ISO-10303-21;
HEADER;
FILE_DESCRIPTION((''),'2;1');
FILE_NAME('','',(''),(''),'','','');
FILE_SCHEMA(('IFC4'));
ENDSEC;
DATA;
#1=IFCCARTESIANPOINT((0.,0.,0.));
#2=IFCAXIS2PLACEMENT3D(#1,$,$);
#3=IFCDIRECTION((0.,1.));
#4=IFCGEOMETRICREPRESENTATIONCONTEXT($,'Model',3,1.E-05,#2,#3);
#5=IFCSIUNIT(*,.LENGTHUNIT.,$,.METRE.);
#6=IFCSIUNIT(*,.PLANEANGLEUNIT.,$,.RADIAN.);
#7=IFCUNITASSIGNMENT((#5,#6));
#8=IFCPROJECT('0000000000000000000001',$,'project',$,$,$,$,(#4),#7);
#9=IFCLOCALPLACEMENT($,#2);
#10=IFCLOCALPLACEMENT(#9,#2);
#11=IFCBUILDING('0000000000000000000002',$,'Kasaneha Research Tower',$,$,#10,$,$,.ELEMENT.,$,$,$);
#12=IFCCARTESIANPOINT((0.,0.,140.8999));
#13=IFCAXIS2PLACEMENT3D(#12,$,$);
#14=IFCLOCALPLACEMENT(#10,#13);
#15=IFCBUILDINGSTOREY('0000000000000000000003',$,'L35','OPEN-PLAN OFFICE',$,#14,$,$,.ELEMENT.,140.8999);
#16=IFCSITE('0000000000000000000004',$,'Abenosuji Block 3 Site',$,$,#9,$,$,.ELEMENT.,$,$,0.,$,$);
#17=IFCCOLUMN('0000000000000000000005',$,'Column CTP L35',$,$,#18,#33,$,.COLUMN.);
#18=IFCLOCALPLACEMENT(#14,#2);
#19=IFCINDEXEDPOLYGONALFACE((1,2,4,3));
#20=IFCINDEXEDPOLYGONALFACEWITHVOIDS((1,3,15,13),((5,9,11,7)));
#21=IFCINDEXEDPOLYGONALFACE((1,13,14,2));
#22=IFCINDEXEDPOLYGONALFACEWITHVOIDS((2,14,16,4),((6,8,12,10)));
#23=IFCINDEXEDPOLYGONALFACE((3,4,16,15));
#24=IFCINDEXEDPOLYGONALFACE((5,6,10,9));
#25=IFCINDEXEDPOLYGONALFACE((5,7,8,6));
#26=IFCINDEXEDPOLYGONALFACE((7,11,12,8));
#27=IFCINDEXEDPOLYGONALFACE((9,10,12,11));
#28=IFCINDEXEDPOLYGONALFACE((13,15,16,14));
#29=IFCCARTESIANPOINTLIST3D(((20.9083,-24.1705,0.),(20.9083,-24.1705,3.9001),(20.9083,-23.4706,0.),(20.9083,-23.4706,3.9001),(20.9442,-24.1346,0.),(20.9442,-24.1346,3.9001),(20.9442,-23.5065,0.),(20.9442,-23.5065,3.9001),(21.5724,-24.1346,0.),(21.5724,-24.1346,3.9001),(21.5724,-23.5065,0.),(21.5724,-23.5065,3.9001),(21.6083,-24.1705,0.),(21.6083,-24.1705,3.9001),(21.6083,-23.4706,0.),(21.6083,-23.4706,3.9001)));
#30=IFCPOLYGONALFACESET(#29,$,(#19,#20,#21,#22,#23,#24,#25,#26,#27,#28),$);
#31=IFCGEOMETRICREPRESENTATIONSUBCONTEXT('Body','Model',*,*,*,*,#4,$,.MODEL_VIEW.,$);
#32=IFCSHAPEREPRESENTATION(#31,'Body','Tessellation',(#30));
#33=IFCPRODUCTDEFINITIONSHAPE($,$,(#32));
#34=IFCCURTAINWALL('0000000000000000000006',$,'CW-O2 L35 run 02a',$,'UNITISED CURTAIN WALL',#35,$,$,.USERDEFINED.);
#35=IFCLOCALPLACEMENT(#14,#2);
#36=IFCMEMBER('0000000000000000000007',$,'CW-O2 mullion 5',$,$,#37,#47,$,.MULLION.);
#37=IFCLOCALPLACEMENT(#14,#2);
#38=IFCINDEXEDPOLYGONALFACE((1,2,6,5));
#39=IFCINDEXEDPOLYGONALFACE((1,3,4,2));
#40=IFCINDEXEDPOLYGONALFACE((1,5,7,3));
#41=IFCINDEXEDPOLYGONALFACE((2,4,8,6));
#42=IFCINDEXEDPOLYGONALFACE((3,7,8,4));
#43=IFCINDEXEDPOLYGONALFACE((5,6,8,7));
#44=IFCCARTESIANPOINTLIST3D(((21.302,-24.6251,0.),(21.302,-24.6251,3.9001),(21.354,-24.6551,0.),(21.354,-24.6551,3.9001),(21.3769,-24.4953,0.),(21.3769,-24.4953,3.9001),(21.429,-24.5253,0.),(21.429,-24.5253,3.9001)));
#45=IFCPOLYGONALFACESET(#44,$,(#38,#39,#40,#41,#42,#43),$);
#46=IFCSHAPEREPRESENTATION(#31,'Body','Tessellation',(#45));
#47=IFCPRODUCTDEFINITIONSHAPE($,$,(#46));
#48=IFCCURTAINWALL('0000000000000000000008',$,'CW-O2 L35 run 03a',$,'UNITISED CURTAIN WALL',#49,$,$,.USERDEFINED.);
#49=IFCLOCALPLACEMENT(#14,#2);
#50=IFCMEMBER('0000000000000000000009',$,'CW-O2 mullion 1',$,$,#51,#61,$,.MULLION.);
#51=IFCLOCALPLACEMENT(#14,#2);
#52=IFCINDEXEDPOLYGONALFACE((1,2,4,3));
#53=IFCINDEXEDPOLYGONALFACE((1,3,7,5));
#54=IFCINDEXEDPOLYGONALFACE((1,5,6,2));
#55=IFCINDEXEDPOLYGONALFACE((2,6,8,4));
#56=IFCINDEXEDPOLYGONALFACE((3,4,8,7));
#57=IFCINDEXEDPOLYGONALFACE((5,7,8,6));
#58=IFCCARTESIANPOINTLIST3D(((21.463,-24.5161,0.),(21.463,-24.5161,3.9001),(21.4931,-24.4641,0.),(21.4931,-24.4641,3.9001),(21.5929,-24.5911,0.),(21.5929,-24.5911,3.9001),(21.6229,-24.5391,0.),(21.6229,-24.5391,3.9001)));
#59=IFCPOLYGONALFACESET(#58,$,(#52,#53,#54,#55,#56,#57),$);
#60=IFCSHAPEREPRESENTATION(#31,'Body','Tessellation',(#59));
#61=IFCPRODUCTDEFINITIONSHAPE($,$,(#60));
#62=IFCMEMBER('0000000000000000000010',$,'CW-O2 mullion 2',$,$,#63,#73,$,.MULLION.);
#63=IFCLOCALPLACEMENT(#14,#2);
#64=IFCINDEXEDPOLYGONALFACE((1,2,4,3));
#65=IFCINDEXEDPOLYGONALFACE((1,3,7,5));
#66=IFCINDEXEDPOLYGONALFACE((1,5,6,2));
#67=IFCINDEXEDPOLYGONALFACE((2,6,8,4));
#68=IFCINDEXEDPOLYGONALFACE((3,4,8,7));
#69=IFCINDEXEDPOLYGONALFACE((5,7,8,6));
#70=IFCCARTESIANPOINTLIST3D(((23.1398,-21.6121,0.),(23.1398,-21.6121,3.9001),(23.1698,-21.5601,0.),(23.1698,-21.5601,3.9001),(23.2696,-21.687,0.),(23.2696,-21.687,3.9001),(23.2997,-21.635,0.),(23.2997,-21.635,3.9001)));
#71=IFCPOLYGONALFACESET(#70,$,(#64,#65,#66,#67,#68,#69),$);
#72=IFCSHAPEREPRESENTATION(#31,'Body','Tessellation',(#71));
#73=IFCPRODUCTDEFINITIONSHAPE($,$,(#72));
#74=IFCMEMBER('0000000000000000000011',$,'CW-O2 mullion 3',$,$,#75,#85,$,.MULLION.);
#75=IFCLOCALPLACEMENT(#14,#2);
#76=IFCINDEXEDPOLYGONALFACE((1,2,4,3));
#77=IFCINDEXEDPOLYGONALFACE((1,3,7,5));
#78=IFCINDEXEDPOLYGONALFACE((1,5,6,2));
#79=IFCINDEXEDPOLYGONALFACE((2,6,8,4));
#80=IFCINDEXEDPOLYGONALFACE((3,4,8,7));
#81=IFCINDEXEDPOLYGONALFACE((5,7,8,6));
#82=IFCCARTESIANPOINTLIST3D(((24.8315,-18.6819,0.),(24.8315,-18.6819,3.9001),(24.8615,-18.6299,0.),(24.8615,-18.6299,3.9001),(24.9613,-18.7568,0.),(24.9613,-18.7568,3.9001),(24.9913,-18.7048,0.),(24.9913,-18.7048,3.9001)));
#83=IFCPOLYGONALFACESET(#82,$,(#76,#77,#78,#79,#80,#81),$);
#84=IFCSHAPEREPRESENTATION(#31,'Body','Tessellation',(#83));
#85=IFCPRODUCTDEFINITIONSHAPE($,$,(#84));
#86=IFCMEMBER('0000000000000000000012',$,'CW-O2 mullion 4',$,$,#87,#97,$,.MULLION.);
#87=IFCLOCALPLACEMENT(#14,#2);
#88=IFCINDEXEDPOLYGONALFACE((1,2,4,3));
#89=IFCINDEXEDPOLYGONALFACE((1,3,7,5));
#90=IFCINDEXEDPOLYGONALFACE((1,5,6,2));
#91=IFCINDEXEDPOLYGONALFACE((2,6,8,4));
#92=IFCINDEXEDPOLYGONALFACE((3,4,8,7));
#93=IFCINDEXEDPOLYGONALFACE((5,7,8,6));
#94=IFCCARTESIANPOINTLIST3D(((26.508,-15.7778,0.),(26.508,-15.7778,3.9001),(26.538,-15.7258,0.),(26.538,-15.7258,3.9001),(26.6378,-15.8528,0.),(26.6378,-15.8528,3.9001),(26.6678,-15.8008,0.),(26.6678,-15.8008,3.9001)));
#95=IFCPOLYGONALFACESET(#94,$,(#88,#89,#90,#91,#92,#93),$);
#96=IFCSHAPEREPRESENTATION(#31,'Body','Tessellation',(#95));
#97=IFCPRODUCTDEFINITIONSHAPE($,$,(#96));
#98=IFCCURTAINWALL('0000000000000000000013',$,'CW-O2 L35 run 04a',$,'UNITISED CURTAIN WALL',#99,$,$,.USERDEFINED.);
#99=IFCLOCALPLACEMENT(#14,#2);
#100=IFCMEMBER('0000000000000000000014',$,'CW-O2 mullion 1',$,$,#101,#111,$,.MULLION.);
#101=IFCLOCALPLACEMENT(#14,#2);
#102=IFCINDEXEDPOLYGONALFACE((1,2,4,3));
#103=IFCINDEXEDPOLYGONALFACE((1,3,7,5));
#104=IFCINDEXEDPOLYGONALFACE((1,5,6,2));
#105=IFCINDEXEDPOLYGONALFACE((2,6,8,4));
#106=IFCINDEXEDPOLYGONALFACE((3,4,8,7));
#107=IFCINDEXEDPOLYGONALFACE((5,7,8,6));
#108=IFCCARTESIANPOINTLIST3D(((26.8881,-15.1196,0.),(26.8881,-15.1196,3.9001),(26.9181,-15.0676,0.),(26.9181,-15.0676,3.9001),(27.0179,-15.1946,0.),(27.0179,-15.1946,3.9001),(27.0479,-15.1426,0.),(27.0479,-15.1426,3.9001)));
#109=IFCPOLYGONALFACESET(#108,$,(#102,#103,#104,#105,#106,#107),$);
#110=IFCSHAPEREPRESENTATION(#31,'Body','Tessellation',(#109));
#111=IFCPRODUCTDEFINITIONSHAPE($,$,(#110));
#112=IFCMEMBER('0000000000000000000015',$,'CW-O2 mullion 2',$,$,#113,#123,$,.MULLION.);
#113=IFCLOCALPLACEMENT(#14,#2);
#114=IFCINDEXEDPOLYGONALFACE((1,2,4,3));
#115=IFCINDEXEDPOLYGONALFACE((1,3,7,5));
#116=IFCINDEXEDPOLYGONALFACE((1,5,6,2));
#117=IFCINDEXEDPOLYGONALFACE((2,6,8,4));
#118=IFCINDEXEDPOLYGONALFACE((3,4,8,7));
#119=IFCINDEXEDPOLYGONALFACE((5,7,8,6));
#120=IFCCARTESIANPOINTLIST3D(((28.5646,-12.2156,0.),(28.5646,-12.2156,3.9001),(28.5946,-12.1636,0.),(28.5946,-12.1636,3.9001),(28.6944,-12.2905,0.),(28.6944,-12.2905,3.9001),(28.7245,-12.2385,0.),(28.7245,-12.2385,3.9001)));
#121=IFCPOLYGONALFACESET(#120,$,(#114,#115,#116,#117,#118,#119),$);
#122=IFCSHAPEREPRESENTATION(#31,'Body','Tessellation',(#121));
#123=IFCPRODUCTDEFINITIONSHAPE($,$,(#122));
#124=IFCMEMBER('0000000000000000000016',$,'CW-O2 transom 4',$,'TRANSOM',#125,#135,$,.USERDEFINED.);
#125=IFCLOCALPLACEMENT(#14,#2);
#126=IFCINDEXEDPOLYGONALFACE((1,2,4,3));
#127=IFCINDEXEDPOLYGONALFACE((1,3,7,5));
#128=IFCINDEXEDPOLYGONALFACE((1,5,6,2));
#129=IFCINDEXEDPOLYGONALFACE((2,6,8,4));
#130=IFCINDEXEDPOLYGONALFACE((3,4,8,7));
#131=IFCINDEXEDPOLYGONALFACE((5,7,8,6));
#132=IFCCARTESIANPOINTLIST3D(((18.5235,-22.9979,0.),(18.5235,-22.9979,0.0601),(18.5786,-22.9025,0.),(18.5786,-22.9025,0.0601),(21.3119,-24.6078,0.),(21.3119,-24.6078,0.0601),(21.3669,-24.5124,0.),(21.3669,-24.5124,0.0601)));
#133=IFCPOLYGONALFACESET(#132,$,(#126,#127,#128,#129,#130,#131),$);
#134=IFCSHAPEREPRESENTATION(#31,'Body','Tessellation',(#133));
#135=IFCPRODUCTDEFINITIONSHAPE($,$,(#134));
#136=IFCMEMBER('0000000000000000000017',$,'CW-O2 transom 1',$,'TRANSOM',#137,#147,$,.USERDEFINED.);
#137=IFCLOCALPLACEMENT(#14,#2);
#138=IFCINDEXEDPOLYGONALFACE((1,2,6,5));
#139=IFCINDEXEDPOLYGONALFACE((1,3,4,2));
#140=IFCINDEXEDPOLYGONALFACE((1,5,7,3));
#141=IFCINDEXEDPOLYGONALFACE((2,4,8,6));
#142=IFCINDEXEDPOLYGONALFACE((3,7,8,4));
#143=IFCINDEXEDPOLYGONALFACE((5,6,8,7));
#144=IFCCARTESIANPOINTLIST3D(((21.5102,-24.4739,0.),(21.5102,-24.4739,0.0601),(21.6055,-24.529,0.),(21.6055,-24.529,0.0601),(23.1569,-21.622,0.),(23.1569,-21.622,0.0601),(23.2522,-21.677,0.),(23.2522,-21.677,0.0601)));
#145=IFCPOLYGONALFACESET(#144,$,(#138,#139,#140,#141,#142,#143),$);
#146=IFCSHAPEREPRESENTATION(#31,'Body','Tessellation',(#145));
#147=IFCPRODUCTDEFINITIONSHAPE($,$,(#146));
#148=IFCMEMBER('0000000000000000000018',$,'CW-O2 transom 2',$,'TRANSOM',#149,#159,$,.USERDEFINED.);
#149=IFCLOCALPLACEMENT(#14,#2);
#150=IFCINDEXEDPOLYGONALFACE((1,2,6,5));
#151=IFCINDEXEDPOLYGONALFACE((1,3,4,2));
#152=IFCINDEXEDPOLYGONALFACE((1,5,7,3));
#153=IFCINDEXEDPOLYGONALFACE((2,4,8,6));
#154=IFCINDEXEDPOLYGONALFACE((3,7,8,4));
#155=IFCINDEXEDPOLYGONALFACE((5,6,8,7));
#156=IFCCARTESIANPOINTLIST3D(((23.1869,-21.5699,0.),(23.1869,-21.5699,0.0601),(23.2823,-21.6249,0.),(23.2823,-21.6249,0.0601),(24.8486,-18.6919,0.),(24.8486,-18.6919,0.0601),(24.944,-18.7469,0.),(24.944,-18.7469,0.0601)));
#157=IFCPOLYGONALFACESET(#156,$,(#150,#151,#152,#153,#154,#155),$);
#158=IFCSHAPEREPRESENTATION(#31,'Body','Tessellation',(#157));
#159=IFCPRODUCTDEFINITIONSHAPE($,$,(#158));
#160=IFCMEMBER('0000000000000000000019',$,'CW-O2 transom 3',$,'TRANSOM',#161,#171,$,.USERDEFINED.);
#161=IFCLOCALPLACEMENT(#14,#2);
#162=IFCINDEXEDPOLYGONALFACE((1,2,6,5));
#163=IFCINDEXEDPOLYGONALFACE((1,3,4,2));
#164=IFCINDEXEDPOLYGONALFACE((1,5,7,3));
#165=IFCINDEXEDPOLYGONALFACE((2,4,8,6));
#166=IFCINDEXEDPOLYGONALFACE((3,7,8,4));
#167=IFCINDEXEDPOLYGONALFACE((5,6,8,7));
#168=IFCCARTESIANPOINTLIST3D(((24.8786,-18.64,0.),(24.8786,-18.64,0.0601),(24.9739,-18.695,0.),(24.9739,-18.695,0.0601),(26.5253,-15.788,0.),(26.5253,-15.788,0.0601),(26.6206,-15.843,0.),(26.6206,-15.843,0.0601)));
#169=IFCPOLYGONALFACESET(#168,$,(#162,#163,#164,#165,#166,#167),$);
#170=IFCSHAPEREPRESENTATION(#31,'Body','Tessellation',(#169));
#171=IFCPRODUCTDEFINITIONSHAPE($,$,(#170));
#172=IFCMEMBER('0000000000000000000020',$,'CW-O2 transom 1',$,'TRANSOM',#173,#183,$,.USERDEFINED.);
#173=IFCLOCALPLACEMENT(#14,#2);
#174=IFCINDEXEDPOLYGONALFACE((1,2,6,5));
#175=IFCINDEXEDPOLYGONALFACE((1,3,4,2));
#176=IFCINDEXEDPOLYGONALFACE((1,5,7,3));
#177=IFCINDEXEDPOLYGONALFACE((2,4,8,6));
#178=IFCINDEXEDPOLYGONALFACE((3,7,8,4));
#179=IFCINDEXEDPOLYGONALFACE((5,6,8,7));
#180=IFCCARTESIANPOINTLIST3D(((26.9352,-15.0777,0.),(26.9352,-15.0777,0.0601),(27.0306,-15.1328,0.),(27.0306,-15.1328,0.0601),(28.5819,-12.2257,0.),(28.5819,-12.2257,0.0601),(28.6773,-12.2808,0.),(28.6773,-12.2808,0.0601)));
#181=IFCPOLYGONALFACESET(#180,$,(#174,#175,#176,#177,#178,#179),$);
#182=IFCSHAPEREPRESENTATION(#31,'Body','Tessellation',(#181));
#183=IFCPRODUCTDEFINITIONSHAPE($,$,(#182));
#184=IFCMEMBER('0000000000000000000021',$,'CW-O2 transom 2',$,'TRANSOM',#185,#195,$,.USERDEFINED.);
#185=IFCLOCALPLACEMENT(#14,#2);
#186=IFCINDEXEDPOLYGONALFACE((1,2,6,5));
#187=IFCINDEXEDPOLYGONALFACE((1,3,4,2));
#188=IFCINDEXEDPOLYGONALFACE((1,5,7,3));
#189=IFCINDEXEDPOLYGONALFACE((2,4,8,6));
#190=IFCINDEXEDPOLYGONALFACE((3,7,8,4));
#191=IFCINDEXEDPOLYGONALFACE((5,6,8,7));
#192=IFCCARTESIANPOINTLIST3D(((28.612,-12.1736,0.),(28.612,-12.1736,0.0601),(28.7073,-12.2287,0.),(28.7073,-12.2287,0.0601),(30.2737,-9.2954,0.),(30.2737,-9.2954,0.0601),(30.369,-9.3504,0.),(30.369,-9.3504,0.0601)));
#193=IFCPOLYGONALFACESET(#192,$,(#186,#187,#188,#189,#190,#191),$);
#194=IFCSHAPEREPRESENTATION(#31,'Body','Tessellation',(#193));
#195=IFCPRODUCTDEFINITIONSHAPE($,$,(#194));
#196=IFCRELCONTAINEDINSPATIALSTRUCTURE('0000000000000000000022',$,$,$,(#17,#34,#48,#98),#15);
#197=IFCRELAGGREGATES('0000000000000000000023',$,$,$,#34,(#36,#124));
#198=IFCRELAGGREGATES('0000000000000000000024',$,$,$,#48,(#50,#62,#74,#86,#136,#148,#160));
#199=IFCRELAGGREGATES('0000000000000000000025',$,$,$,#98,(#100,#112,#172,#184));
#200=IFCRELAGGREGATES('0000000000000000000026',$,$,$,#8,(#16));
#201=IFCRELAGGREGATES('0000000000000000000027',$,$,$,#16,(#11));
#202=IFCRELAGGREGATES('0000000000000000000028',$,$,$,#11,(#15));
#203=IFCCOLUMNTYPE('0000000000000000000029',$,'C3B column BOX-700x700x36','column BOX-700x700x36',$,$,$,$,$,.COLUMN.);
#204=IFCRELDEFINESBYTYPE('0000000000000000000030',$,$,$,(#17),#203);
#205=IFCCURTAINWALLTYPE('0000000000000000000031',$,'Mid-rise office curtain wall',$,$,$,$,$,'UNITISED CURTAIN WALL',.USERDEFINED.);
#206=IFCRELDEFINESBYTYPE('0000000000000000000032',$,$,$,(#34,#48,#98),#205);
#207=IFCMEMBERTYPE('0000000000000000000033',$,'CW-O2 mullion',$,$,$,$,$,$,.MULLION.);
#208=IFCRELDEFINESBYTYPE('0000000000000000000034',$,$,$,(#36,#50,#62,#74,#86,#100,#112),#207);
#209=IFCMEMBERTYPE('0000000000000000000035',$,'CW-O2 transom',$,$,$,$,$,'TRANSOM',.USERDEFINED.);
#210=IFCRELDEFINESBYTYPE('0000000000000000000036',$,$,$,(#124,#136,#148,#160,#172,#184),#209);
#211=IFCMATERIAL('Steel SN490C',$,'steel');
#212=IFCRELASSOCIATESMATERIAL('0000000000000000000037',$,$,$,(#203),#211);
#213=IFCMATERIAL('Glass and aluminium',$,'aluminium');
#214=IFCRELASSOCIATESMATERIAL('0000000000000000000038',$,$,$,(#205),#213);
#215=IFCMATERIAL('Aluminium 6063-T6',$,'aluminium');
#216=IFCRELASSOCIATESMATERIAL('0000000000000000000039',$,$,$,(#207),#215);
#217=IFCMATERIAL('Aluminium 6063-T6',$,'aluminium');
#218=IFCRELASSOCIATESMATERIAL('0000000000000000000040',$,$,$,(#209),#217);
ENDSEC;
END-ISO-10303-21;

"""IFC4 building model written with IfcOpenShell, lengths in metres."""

from ifc_helpers import new_model, si_unit, direction, frame, origin, origin_2d, place, context, subcontext, project, spatial, rectangle, hollow_rectangle, extrude, material, material_profile, profile_set, type_object, element, aggregate, save


model = new_model("IFC4")

# Units and contexts
model_context = context("Model", 3, precision=1e-05, world=origin(), true_north=direction((0.0, 1.0)))
body_context = subcontext(model_context, "Body", "Model", "MODEL_VIEW")
ifc_project = project(units=[si_unit("LENGTHUNIT", "METRE"), si_unit("PLANEANGLEUNIT", "RADIAN")], contexts=[model_context])

# Site, building, storey
site_placement = place(None, origin())
site = spatial("IfcSite", under=ifc_project, at=site_placement, Name="Abenosuji Block 3 Site", CompositionType="ELEMENT", RefElevation=0.0)
building_placement = place(site_placement, origin())
building = spatial("IfcBuilding", under=site, at=building_placement, Name="Kasaneha Research Tower", CompositionType="ELEMENT")
storey_placement = place(building_placement, frame((0.0, 0.0, 140.8999)))
storey = spatial("IfcBuildingStorey", under=building, at=storey_placement, Name="L35", Description="OPEN-PLAN OFFICE", CompositionType="ELEMENT", Elevation=140.8999)

# Column
ifc_material_1 = material(Name="Steel SN490C", Category="steel")
ifc_material_profile_1 = material_profile(ifc_material_1, hollow_rectangle(XDim=0.7, YDim=0.7, WallThickness=0.0359, at=origin_2d()), Name="BOX-700x700x36")
ifc_profile_set_1 = profile_set([ifc_material_profile_1], Name="Steel SN490C")
column_type = type_object("IfcColumnType", Name="C3B column BOX-700x700x36", Description="column BOX-700x700x36", PredefinedType="COLUMN", material=ifc_profile_set_1)
column_placement = place(storey_placement, frame((21.2583, -23.8206, 0.0), z_axis=(0.0, 0.0, 1.0), x_axis=(1.0, 0.0, 0.0)))
element("IfcColumn", 1, at=column_placement, inside=storey, type_object=column_type, Name="Column CTP L35", PredefinedType="COLUMN", context=body_context, shape_type="SweptSolid", body=[
    extrude(hollow_rectangle(XDim=0.7, YDim=0.7, WallThickness=0.0359, at=origin_2d()), origin(), (0.0, 0.0, 1.0), 3.9001),
])

# Curtain wall, member
ifc_material_2 = material(Name="Glass and aluminium", Category="aluminium")
curtain_wall_type = type_object("IfcCurtainWallType", Name="Mid-rise office curtain wall", ElementType="UNITISED CURTAIN WALL", PredefinedType="USERDEFINED", material=ifc_material_2)
curtain_wall_1_placement = place(storey_placement, origin())
curtain_wall_1 = element("IfcCurtainWall", 2, at=curtain_wall_1_placement, inside=storey, type_object=curtain_wall_type, Name="CW-O2 L35 run 02a", ObjectType="UNITISED CURTAIN WALL", PredefinedType="USERDEFINED")
ifc_material_3 = material(Name="Aluminium 6063-T6", Category="aluminium")
ifc_material_profile_2 = material_profile(ifc_material_3, rectangle(XDim=0.0601, YDim=0.1499, at=origin_2d()), Name="CW-O2 mullion 60x150")
ifc_profile_set_2 = profile_set([ifc_material_profile_2], Name="Aluminium 6063-T6")
member_type_1 = type_object("IfcMemberType", Name="CW-O2 mullion", PredefinedType="MULLION", material=ifc_profile_set_2)
member_1_placement = place(storey_placement, frame((21.3655, -24.5752, 0.0), z_axis=(0.0, 0.0, 1.0), x_axis=(0.866025, -0.5, 0.0)))
member_1 = element("IfcMember", 3, at=member_1_placement, type_object=member_type_1, Name="CW-O2 mullion 5", PredefinedType="MULLION", context=body_context, shape_type="SweptSolid", body=[
    extrude(rectangle(XDim=0.0601, YDim=0.1499, at=origin_2d()), origin(), (0.0, 0.0, 1.0), 3.9001),
])

# Curtain walls, members
curtain_wall_2_placement = place(storey_placement, origin())
curtain_wall_2 = element("IfcCurtainWall", 4, at=curtain_wall_2_placement, inside=storey, type_object=curtain_wall_type, Name="CW-O2 L35 run 03a", ObjectType="UNITISED CURTAIN WALL", PredefinedType="USERDEFINED")
member_2_placement = place(storey_placement, frame((21.543, -24.5276, 0.0), z_axis=(0.0, 0.0, 1.0), x_axis=(0.5, 0.866025, 0.0)))
member_2 = element("IfcMember", 5, at=member_2_placement, type_object=member_type_1, Name="CW-O2 mullion 1", PredefinedType="MULLION", context=body_context, shape_type="SweptSolid", body=[
    extrude(rectangle(XDim=0.0601, YDim=0.1499, at=origin_2d()), origin(), (0.0, 0.0, 1.0), 3.9001),
])
member_3_placement = place(storey_placement, frame((23.2197, -21.6235, 0.0), z_axis=(0.0, 0.0, 1.0), x_axis=(0.5, 0.866025, 0.0)))
member_3 = element("IfcMember", 6, at=member_3_placement, type_object=member_type_1, Name="CW-O2 mullion 2", PredefinedType="MULLION", context=body_context, shape_type="SweptSolid", body=[
    extrude(rectangle(XDim=0.0601, YDim=0.1499, at=origin_2d()), origin(), (0.0, 0.0, 1.0), 3.9001),
])
member_4_placement = place(storey_placement, frame((24.9114, -18.6934, 0.0), z_axis=(0.0, 0.0, 1.0), x_axis=(0.5, 0.866025, 0.0)))
member_4 = element("IfcMember", 7, at=member_4_placement, type_object=member_type_1, Name="CW-O2 mullion 3", PredefinedType="MULLION", context=body_context, shape_type="SweptSolid", body=[
    extrude(rectangle(XDim=0.0601, YDim=0.1499, at=origin_2d()), origin(), (0.0, 0.0, 1.0), 3.9001),
])
member_5_placement = place(storey_placement, frame((26.5879, -15.7893, 0.0), z_axis=(0.0, 0.0, 1.0), x_axis=(0.5, 0.866025, 0.0)))
member_5 = element("IfcMember", 8, at=member_5_placement, type_object=member_type_1, Name="CW-O2 mullion 4", PredefinedType="MULLION", context=body_context, shape_type="SweptSolid", body=[
    extrude(rectangle(XDim=0.0601, YDim=0.1499, at=origin_2d()), origin(), (0.0, 0.0, 1.0), 3.9001),
])
curtain_wall_3_placement = place(storey_placement, origin())
curtain_wall_3 = element("IfcCurtainWall", 9, at=curtain_wall_3_placement, inside=storey, type_object=curtain_wall_type, Name="CW-O2 L35 run 04a", ObjectType="UNITISED CURTAIN WALL", PredefinedType="USERDEFINED")
member_6_placement = place(storey_placement, frame((26.968, -15.1311, 0.0), z_axis=(0.0, 0.0, 1.0), x_axis=(0.5, 0.866025, 0.0)))
member_6 = element("IfcMember", 10, at=member_6_placement, type_object=member_type_1, Name="CW-O2 mullion 1", PredefinedType="MULLION", context=body_context, shape_type="SweptSolid", body=[
    extrude(rectangle(XDim=0.0601, YDim=0.1499, at=origin_2d()), origin(), (0.0, 0.0, 1.0), 3.9001),
])
member_7_placement = place(storey_placement, frame((28.6445, -12.2271, 0.0), z_axis=(0.0, 0.0, 1.0), x_axis=(0.5, 0.866025, 0.0)))
member_7 = element("IfcMember", 11, at=member_7_placement, type_object=member_type_1, Name="CW-O2 mullion 2", PredefinedType="MULLION", context=body_context, shape_type="SweptSolid", body=[
    extrude(rectangle(XDim=0.0601, YDim=0.1499, at=origin_2d()), origin(), (0.0, 0.0, 1.0), 3.9001),
])

# Members
ifc_material_4 = material(Name="Aluminium 6063-T6", Category="aluminium")
ifc_material_profile_3 = material_profile(ifc_material_4, rectangle(XDim=0.1101, YDim=0.0601, at=origin_2d()), Name="CW-O2 transom 110x60")
ifc_profile_set_3 = profile_set([ifc_material_profile_3], Name="Aluminium 6063-T6")
member_type_2 = type_object("IfcMemberType", Name="CW-O2 transom", ElementType="TRANSOM", PredefinedType="USERDEFINED", material=ifc_profile_set_3)
member_8_placement = place(storey_placement, frame((18.551, -22.9502, 0.03), z_axis=(0.866023, -0.500005, 0.0), x_axis=(0.500005, 0.866023, 0.0)))
member_8 = element("IfcMember", 12, at=member_8_placement, type_object=member_type_2, Name="CW-O2 transom 4", ObjectType="TRANSOM", PredefinedType="USERDEFINED", context=body_context, shape_type="SweptSolid", body=[
    extrude(rectangle(XDim=0.1101, YDim=0.0601, at=origin_2d()), origin(), (0.0, 0.0, 1.0), 3.2197),
])
member_9_placement = place(storey_placement, frame((21.5579, -24.5015, 0.03), z_axis=(0.500022, 0.866013, 0.0), x_axis=(-0.866013, 0.500022, 0.0)))
member_9 = element("IfcMember", 13, at=member_9_placement, type_object=member_type_2, Name="CW-O2 transom 1", ObjectType="TRANSOM", PredefinedType="USERDEFINED", context=body_context, shape_type="SweptSolid", body=[
    extrude(rectangle(XDim=0.1101, YDim=0.0601, at=origin_2d()), origin(), (0.0, 0.0, 1.0), 3.2932),
])
member_10_placement = place(storey_placement, frame((23.2346, -21.5974, 0.03), z_axis=(0.500011, 0.866019, 0.0), x_axis=(-0.866019, 0.500011, 0.0)))
member_10 = element("IfcMember", 14, at=member_10_placement, type_object=member_type_2, Name="CW-O2 transom 2", ObjectType="TRANSOM", PredefinedType="USERDEFINED", context=body_context, shape_type="SweptSolid", body=[
    extrude(rectangle(XDim=0.1101, YDim=0.0601, at=origin_2d()), origin(), (0.0, 0.0, 1.0), 3.3232),
])
member_11_placement = place(storey_placement, frame((24.9263, -18.6675, 0.03), z_axis=(0.500022, 0.866013, 0.0), x_axis=(-0.866013, 0.500022, 0.0)))
member_11 = element("IfcMember", 15, at=member_11_placement, type_object=member_type_2, Name="CW-O2 transom 3", ObjectType="TRANSOM", PredefinedType="USERDEFINED", context=body_context, shape_type="SweptSolid", body=[
    extrude(rectangle(XDim=0.1101, YDim=0.0601, at=origin_2d()), origin(), (0.0, 0.0, 1.0), 3.2932),
])
member_12_placement = place(storey_placement, frame((26.9829, -15.1052, 0.03), z_axis=(0.500022, 0.866013, 0.0), x_axis=(-0.866013, 0.500022, 0.0)))
member_12 = element("IfcMember", 16, at=member_12_placement, type_object=member_type_2, Name="CW-O2 transom 1", ObjectType="TRANSOM", PredefinedType="USERDEFINED", context=body_context, shape_type="SweptSolid", body=[
    extrude(rectangle(XDim=0.1101, YDim=0.0601, at=origin_2d()), origin(), (0.0, 0.0, 1.0), 3.2932),
])
member_13_placement = place(storey_placement, frame((28.6597, -12.2012, 0.03), z_axis=(0.499979, 0.866038, 0.0), x_axis=(-0.866038, 0.499979, 0.0)))
member_13 = element("IfcMember", 17, at=member_13_placement, type_object=member_type_2, Name="CW-O2 transom 2", ObjectType="TRANSOM", PredefinedType="USERDEFINED", context=body_context, shape_type="SweptSolid", body=[
    extrude(rectangle(XDim=0.1101, YDim=0.0601, at=origin_2d()), origin(), (0.0, 0.0, 1.0), 3.3235),
])

aggregate(curtain_wall_1, [member_1, member_8])
aggregate(curtain_wall_2, [member_2, member_3, member_4, member_5, member_9, member_10, member_11])
aggregate(curtain_wall_3, [member_6, member_7, member_12, member_13])

save(model, "model.ifc")
